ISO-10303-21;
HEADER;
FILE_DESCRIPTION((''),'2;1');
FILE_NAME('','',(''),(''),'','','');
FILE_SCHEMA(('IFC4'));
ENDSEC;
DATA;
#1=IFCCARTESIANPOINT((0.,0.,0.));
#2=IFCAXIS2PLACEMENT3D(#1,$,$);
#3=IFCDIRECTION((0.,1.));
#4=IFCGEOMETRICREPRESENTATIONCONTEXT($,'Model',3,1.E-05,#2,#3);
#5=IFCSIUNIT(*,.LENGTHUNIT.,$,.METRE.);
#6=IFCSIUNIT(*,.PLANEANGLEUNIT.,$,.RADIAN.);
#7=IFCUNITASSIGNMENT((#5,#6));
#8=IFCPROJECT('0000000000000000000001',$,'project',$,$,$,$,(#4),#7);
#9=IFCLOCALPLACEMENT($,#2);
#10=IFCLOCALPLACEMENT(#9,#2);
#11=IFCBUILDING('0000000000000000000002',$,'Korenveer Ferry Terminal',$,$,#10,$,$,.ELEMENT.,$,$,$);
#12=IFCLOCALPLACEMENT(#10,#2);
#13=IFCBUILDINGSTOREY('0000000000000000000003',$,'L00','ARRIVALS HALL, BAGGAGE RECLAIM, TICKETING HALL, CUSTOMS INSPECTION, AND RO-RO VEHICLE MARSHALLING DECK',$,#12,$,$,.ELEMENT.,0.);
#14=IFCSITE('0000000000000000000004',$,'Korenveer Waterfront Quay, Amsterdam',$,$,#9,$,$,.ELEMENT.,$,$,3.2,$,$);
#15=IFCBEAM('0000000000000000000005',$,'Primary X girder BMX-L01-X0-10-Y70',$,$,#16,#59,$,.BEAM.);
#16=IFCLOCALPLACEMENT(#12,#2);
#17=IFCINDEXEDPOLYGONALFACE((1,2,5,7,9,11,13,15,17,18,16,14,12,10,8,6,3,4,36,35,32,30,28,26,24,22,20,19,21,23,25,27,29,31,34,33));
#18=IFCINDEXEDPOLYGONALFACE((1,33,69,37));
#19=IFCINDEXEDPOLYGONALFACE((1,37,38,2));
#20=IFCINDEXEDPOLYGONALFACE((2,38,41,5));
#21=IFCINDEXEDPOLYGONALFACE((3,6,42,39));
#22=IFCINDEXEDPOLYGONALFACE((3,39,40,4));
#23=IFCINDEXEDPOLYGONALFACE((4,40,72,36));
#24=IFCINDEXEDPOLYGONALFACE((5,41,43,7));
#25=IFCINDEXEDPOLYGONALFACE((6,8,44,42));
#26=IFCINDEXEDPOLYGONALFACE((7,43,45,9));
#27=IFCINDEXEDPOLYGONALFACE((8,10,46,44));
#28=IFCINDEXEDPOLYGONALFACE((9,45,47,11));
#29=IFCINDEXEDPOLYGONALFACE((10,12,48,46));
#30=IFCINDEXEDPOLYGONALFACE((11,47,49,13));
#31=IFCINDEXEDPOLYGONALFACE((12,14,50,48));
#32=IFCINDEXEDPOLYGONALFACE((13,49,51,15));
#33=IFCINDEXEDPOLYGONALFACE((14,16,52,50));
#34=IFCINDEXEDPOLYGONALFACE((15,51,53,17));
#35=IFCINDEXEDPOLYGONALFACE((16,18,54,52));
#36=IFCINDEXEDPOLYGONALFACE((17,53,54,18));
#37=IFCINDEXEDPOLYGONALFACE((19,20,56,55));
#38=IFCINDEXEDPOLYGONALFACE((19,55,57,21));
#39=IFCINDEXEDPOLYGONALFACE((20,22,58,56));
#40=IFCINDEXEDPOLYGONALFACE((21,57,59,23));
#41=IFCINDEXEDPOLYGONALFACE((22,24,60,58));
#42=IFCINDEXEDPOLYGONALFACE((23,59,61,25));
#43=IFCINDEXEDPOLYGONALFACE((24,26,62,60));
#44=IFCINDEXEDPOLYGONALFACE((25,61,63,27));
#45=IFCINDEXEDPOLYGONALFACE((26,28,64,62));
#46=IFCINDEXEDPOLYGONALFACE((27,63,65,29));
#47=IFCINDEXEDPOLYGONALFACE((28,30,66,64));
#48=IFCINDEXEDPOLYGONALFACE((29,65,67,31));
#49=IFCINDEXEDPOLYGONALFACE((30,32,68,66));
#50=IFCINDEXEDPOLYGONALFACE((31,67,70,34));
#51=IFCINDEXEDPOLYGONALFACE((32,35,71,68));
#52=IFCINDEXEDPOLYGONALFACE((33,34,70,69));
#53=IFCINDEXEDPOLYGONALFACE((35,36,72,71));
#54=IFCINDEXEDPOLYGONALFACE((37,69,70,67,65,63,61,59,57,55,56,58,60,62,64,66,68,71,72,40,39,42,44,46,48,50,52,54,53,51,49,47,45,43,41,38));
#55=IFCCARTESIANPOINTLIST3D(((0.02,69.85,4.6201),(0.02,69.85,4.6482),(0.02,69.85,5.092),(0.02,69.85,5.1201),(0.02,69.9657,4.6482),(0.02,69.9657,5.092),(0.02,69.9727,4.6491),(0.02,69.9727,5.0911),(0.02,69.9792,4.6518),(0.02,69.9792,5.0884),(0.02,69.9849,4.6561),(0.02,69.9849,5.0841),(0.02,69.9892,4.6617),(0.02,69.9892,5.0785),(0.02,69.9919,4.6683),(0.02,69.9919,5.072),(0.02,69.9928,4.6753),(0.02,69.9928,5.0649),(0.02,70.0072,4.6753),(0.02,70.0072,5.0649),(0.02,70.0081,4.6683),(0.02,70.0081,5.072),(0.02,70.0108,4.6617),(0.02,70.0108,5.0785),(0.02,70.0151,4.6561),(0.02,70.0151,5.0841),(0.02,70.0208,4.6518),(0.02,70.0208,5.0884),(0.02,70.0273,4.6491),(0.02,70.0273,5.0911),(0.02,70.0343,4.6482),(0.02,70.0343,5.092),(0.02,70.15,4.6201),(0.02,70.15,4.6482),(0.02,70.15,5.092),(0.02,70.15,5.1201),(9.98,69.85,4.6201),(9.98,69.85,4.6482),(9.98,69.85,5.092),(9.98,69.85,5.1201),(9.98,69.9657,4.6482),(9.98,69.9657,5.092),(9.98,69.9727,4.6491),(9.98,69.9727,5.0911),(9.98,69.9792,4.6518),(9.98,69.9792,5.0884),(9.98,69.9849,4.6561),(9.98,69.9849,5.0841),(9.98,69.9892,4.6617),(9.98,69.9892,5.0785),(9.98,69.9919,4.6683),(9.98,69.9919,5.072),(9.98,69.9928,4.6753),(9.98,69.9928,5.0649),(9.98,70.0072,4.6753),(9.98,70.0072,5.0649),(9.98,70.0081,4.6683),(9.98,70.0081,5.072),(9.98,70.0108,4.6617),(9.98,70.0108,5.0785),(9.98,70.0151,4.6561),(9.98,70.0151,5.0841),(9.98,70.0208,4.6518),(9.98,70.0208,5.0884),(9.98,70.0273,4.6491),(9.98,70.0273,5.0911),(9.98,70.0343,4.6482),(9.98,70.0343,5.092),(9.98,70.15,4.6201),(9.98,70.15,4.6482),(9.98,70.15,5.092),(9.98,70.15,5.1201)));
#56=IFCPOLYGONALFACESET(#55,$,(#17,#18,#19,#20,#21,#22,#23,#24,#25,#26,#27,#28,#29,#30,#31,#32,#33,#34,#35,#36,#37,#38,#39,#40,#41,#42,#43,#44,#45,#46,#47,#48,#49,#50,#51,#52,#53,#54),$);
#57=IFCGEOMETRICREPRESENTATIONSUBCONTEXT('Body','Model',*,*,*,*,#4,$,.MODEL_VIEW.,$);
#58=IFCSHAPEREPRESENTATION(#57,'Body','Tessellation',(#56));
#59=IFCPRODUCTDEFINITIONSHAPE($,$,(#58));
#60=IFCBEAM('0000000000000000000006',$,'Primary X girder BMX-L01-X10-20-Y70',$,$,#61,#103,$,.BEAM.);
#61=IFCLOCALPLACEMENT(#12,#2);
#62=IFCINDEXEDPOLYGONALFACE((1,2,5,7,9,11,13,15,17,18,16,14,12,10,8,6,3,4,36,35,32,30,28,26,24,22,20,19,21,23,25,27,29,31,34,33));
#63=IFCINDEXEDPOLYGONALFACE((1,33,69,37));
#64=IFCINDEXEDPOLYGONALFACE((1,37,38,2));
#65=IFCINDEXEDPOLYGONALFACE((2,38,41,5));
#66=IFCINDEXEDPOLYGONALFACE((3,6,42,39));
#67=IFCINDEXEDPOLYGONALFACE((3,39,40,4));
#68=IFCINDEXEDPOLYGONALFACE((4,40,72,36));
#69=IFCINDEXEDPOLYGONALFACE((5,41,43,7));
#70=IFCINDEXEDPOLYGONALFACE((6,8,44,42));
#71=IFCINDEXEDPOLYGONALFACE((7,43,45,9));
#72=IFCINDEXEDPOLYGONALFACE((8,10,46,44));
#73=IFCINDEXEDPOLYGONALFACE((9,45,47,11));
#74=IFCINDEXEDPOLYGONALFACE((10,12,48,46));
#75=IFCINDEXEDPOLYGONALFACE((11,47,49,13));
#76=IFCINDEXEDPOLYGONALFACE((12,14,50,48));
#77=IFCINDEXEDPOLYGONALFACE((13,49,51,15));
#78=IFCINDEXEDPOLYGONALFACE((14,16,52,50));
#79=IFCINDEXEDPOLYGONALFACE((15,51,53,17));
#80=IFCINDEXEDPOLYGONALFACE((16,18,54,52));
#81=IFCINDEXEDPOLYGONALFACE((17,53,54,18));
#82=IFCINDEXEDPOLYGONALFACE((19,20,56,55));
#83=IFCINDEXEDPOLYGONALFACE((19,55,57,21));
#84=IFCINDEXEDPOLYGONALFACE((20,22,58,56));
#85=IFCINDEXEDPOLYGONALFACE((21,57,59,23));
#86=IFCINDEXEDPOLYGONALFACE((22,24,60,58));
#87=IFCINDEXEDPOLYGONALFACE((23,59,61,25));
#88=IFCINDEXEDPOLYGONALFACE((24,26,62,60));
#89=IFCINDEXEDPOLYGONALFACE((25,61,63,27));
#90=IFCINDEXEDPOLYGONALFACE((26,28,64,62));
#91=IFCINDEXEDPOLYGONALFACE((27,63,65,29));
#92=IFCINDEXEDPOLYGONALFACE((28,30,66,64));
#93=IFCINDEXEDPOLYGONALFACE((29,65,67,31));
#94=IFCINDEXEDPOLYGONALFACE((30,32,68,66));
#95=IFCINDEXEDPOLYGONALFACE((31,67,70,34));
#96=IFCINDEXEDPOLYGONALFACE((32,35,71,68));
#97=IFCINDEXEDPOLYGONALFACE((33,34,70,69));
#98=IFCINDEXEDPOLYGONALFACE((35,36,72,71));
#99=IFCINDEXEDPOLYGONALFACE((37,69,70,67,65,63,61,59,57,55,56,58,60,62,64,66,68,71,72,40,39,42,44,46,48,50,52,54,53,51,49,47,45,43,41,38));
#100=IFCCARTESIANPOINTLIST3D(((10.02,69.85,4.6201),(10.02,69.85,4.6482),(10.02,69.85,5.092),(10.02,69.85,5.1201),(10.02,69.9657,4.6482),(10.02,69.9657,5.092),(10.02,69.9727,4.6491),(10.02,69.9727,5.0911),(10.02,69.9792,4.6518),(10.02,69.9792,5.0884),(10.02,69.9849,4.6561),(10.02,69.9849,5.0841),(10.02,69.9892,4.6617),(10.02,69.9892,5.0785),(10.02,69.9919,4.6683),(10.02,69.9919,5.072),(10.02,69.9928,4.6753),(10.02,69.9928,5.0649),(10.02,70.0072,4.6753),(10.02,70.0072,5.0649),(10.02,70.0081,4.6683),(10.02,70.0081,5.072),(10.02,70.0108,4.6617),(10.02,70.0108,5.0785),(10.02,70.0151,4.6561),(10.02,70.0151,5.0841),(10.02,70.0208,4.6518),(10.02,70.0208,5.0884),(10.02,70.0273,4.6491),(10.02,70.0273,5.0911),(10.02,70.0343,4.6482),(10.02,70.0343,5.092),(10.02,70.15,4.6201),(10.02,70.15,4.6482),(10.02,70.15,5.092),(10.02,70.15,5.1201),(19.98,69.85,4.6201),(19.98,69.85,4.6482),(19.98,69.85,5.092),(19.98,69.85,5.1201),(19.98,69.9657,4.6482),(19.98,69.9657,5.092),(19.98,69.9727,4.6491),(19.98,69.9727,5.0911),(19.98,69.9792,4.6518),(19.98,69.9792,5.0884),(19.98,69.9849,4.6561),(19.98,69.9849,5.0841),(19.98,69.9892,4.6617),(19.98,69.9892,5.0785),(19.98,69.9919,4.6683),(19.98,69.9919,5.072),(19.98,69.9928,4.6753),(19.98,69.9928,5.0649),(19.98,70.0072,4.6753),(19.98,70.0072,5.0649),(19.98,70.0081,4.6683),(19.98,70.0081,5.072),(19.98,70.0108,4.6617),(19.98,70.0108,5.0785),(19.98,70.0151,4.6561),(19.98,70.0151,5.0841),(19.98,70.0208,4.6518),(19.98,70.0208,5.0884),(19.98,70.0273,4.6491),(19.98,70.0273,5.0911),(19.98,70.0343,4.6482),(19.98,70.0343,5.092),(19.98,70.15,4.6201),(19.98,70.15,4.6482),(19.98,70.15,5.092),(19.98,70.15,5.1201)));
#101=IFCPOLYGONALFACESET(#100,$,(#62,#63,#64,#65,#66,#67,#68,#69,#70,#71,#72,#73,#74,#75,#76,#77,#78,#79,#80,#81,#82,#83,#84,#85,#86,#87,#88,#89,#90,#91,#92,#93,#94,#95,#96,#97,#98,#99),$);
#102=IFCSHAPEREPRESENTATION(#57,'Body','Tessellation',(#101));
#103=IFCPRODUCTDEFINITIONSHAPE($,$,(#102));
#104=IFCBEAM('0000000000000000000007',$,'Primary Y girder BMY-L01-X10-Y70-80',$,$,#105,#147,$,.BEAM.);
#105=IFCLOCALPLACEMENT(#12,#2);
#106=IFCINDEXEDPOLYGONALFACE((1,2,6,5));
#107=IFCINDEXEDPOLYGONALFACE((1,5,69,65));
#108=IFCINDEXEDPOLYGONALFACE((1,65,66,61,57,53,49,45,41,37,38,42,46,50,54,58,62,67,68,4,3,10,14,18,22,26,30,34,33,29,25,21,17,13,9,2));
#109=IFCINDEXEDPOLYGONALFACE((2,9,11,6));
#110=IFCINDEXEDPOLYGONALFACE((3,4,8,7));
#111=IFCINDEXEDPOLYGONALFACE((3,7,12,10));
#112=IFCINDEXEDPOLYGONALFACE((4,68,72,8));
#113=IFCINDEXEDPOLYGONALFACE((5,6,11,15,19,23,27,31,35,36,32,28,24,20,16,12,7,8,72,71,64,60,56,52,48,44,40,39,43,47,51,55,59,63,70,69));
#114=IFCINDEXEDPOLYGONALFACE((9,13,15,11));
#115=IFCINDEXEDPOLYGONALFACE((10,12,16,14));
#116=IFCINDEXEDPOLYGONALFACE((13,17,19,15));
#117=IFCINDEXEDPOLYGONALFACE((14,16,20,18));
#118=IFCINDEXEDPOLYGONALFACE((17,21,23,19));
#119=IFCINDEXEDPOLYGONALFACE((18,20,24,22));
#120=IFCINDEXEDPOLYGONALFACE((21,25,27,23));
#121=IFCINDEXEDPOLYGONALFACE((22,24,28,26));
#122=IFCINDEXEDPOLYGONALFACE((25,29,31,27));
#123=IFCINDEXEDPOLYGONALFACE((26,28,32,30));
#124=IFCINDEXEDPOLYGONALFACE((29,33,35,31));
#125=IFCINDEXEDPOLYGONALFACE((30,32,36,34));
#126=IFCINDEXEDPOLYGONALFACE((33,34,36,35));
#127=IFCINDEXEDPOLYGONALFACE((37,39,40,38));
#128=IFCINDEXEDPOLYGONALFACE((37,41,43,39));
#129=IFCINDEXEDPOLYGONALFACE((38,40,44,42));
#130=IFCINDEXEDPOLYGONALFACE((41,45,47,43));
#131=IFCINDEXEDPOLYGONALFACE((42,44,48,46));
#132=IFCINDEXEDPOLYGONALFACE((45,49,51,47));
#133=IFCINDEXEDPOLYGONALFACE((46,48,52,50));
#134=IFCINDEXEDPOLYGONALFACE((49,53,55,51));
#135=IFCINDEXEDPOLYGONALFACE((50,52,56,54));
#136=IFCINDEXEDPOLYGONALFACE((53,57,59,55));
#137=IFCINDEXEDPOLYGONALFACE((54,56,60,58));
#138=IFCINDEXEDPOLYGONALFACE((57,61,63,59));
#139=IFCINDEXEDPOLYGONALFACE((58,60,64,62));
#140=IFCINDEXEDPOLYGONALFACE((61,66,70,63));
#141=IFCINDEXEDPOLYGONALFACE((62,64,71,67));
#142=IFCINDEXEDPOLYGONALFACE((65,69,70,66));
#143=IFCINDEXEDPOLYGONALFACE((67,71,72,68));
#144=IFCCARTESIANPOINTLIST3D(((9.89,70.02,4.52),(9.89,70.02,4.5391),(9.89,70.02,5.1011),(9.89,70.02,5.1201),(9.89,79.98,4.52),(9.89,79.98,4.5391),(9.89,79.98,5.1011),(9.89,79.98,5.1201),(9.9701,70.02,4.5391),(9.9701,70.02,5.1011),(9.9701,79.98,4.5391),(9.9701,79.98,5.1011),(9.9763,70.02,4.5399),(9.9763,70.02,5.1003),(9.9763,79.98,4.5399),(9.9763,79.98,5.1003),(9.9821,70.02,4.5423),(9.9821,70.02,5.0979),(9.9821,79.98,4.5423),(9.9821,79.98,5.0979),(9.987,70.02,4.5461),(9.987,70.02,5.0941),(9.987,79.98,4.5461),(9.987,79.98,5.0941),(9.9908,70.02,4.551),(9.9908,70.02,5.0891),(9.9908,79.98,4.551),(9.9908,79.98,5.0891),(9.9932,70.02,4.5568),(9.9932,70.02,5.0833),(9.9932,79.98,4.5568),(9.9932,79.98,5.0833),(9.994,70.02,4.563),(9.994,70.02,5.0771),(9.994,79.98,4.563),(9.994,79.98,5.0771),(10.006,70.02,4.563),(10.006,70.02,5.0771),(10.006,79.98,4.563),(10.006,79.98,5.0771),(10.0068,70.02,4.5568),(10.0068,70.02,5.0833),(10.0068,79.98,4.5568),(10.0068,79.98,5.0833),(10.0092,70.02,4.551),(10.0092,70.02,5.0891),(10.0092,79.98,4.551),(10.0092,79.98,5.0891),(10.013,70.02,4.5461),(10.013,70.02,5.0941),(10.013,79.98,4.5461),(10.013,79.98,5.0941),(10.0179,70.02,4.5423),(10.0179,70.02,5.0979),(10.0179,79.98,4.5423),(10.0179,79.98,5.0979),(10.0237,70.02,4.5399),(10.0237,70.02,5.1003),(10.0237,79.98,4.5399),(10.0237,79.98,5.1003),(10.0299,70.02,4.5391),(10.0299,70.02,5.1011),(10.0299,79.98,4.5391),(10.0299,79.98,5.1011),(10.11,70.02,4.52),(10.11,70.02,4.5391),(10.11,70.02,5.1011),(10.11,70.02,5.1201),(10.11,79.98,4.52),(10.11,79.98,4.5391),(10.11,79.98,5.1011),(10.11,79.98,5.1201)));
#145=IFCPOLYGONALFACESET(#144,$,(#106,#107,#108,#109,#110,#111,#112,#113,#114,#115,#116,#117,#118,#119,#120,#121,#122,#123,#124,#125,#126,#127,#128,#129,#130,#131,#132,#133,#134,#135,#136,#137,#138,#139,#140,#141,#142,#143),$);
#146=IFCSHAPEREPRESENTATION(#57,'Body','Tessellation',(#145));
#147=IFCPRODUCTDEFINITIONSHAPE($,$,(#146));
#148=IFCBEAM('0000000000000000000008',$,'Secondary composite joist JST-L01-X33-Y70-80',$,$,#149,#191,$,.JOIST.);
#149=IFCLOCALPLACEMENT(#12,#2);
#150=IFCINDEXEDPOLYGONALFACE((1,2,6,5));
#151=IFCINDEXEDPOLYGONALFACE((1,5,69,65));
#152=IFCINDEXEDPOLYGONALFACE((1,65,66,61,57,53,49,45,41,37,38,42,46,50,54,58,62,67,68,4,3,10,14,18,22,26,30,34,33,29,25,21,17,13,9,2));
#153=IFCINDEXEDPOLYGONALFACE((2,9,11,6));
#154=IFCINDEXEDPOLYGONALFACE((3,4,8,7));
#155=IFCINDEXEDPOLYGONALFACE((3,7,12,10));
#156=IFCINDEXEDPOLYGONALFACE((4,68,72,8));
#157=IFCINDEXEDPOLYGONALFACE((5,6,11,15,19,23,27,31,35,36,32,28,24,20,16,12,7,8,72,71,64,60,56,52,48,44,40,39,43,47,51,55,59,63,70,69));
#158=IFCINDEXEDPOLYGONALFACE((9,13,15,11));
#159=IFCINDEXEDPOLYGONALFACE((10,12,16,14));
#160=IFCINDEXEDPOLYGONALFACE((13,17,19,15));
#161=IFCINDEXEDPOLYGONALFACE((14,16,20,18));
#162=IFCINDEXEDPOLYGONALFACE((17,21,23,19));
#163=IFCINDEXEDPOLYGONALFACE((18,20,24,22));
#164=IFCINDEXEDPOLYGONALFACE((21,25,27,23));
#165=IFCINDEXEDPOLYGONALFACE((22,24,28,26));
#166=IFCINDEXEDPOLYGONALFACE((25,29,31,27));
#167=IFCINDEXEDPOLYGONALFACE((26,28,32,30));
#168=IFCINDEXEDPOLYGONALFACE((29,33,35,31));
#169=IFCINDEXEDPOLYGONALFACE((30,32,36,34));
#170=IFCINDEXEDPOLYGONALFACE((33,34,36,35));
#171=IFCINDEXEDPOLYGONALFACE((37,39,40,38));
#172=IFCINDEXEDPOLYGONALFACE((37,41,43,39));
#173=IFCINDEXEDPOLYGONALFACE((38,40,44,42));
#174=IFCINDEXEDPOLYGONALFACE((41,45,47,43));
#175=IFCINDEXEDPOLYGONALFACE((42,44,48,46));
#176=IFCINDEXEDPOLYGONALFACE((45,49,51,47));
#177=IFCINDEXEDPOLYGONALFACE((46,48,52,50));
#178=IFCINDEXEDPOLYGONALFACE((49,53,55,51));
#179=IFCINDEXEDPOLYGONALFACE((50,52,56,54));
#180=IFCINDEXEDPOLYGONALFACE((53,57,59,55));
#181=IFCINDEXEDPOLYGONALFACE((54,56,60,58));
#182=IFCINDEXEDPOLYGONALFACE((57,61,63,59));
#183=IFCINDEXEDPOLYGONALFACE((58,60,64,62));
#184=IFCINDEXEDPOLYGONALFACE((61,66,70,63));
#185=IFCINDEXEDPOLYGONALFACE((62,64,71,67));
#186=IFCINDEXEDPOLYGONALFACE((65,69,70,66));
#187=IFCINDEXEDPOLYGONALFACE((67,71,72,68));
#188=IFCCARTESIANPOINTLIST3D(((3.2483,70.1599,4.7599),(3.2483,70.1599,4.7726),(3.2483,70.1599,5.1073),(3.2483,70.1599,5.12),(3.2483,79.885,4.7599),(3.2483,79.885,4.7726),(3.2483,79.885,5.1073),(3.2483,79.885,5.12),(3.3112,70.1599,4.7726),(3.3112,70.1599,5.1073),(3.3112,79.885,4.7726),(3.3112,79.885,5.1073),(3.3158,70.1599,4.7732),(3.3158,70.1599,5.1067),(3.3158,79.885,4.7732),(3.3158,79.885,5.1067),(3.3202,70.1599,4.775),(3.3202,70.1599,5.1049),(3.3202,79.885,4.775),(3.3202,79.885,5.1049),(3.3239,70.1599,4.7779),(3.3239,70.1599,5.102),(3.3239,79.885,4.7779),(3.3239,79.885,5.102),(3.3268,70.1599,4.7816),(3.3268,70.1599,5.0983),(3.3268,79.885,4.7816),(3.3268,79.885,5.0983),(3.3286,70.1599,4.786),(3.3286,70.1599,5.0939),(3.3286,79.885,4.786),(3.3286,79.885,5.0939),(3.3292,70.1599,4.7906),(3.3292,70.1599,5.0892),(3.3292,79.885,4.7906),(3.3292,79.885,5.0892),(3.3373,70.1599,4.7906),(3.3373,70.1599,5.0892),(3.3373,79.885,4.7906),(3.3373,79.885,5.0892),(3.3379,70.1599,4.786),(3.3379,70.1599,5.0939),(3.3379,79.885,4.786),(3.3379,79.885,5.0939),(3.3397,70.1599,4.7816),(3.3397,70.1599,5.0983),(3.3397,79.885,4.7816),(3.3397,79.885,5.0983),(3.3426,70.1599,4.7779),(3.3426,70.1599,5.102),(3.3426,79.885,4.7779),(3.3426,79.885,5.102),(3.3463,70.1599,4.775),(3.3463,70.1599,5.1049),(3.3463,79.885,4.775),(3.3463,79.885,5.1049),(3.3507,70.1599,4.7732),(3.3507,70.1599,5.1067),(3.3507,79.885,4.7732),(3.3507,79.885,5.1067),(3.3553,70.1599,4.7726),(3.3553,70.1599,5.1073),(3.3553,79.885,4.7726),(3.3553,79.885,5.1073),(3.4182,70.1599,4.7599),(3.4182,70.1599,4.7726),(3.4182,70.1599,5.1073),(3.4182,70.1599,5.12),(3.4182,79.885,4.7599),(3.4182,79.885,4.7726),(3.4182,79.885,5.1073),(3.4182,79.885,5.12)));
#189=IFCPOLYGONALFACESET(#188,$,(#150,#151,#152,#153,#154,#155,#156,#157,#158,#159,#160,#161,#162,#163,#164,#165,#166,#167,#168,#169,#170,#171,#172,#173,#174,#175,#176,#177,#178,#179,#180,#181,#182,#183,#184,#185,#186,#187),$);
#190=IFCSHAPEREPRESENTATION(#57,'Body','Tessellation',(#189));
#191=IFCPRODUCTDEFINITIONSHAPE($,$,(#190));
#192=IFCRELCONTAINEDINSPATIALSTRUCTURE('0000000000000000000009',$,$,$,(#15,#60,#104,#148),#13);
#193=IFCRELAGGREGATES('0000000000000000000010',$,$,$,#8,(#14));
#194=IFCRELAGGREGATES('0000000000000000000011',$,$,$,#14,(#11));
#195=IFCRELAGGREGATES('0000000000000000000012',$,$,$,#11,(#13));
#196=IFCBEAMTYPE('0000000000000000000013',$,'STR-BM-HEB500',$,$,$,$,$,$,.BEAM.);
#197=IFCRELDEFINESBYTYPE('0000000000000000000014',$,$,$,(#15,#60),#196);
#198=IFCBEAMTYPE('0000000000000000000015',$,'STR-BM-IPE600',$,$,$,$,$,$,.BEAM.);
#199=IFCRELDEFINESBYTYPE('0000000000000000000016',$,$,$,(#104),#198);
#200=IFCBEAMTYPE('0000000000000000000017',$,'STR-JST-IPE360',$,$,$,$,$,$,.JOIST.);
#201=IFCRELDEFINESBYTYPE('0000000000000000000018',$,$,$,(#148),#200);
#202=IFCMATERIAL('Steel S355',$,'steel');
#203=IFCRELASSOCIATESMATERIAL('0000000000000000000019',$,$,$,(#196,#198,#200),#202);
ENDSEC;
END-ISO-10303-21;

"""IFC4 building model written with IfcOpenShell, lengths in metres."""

from ifc_helpers import new_model, si_unit, direction, frame, origin, origin_2d, place, context, subcontext, project, spatial, i_section, extrude, material, material_profile, profile_set, type_object, element, save


model = new_model("IFC4")

# Units and contexts
model_context = context("Model", 3, precision=1e-05, world=origin(), true_north=direction((0.0, 1.0)))
body_context = subcontext(model_context, "Body", "Model", "MODEL_VIEW")
ifc_project = project(units=[si_unit("LENGTHUNIT", "METRE"), si_unit("PLANEANGLEUNIT", "RADIAN")], contexts=[model_context])

# Site, building, storey
site_placement = place(None, origin())
site = spatial("IfcSite", under=ifc_project, at=site_placement, Name="Korenveer Waterfront Quay, Amsterdam", CompositionType="ELEMENT", RefElevation=3.2)
building_placement = place(site_placement, origin())
building = spatial("IfcBuilding", under=site, at=building_placement, Name="Korenveer Ferry Terminal", CompositionType="ELEMENT")
storey_placement = place(building_placement, origin())
storey = spatial("IfcBuildingStorey", under=building, at=storey_placement, Name="L00", Description="ARRIVALS HALL, BAGGAGE RECLAIM, TICKETING HALL, CUSTOMS INSPECTION, AND RO-RO VEHICLE MARSHALLING DECK", CompositionType="ELEMENT", Elevation=0.0)

# Beams
ifc_material_1 = material(Name="Steel S355", Category="steel")
ifc_material_profile_1 = material_profile(ifc_material_1, i_section(OverallWidth=0.3, OverallDepth=0.5, WebThickness=0.0144, FlangeThickness=0.0281, FilletRadius=0.0271, at=origin_2d()), Name="HEB 500")
ifc_profile_set_1 = profile_set([ifc_material_profile_1], Name="Steel S355")
beam_type_1 = type_object("IfcBeamType", Name="STR-BM-HEB500", PredefinedType="BEAM", material=ifc_profile_set_1)
for number, where, z_axis, x_axis, name in (
    (1, (0.02, 70.0, 4.8701), (1.0, 0.0, 0.0), (0.0, 1.0, 0.0), "Primary X girder BMX-L01-X0-10-Y70"),
    (2, (10.02, 70.0, 4.8701), (1.0, 0.0, 0.0), (0.0, 1.0, 0.0), "Primary X girder BMX-L01-X10-20-Y70"),
):
    element("IfcBeam", number, at=place(storey_placement, frame(where, z_axis=z_axis, x_axis=x_axis)), inside=storey, type_object=beam_type_1, Name=name, PredefinedType="BEAM", context=body_context, shape_type="SweptSolid", body=[
        extrude(i_section(OverallWidth=0.3, OverallDepth=0.5, WebThickness=0.0144, FlangeThickness=0.0281, FilletRadius=0.0271, at=origin_2d()), origin(), (0.0, 0.0, 1.0), 9.96),
    ])
ifc_material_profile_2 = material_profile(ifc_material_1, i_section(OverallWidth=0.22, OverallDepth=0.6001, WebThickness=0.012, FlangeThickness=0.019, FilletRadius=0.0239, at=origin_2d()), Name="IPE 600")
ifc_profile_set_2 = profile_set([ifc_material_profile_2], Name="Steel S355")
beam_type_2 = type_object("IfcBeamType", Name="STR-BM-IPE600", PredefinedType="BEAM", material=ifc_profile_set_2)
beam_placement = place(storey_placement, frame((10.0, 70.02, 4.8201), z_axis=(0.0, 1.0, 0.0), x_axis=(-1.0, 0.0, 0.0)))
element("IfcBeam", 3, at=beam_placement, inside=storey, type_object=beam_type_2, Name="Primary Y girder BMY-L01-X10-Y70-80", PredefinedType="BEAM", context=body_context, shape_type="SweptSolid", body=[
    extrude(i_section(OverallWidth=0.22, OverallDepth=0.6001, WebThickness=0.012, FlangeThickness=0.019, FilletRadius=0.0239, at=origin_2d()), origin(), (0.0, 0.0, 1.0), 9.96),
])
ifc_material_profile_3 = material_profile(ifc_material_1, i_section(OverallWidth=0.1699, OverallDepth=0.3601, WebThickness=0.0081, FlangeThickness=0.0127, FilletRadius=0.0181, at=origin_2d()), Name="IPE 360")
ifc_profile_set_3 = profile_set([ifc_material_profile_3], Name="Steel S355")
beam_type_3 = type_object("IfcBeamType", Name="STR-JST-IPE360", PredefinedType="JOIST", material=ifc_profile_set_3)
for number, where, z_axis, x_axis, name in (
    (4, (3.3333, 70.1599, 4.9399), (0.0, 1.0, 0.0), (-1.0, 0.0, 0.0), "Secondary composite joist JST-L01-X33-Y70-80"),
):
    element("IfcBeam", number, at=place(storey_placement, frame(where, z_axis=z_axis, x_axis=x_axis)), inside=storey, type_object=beam_type_3, Name=name, PredefinedType="JOIST", context=body_context, shape_type="SweptSolid", body=[
        extrude(i_section(OverallWidth=0.1699, OverallDepth=0.3601, WebThickness=0.0081, FlangeThickness=0.0127, FilletRadius=0.0181, at=origin_2d()), origin(), (0.0, 0.0, 1.0), 9.7251),
    ])

save(model, "model.ifc")
